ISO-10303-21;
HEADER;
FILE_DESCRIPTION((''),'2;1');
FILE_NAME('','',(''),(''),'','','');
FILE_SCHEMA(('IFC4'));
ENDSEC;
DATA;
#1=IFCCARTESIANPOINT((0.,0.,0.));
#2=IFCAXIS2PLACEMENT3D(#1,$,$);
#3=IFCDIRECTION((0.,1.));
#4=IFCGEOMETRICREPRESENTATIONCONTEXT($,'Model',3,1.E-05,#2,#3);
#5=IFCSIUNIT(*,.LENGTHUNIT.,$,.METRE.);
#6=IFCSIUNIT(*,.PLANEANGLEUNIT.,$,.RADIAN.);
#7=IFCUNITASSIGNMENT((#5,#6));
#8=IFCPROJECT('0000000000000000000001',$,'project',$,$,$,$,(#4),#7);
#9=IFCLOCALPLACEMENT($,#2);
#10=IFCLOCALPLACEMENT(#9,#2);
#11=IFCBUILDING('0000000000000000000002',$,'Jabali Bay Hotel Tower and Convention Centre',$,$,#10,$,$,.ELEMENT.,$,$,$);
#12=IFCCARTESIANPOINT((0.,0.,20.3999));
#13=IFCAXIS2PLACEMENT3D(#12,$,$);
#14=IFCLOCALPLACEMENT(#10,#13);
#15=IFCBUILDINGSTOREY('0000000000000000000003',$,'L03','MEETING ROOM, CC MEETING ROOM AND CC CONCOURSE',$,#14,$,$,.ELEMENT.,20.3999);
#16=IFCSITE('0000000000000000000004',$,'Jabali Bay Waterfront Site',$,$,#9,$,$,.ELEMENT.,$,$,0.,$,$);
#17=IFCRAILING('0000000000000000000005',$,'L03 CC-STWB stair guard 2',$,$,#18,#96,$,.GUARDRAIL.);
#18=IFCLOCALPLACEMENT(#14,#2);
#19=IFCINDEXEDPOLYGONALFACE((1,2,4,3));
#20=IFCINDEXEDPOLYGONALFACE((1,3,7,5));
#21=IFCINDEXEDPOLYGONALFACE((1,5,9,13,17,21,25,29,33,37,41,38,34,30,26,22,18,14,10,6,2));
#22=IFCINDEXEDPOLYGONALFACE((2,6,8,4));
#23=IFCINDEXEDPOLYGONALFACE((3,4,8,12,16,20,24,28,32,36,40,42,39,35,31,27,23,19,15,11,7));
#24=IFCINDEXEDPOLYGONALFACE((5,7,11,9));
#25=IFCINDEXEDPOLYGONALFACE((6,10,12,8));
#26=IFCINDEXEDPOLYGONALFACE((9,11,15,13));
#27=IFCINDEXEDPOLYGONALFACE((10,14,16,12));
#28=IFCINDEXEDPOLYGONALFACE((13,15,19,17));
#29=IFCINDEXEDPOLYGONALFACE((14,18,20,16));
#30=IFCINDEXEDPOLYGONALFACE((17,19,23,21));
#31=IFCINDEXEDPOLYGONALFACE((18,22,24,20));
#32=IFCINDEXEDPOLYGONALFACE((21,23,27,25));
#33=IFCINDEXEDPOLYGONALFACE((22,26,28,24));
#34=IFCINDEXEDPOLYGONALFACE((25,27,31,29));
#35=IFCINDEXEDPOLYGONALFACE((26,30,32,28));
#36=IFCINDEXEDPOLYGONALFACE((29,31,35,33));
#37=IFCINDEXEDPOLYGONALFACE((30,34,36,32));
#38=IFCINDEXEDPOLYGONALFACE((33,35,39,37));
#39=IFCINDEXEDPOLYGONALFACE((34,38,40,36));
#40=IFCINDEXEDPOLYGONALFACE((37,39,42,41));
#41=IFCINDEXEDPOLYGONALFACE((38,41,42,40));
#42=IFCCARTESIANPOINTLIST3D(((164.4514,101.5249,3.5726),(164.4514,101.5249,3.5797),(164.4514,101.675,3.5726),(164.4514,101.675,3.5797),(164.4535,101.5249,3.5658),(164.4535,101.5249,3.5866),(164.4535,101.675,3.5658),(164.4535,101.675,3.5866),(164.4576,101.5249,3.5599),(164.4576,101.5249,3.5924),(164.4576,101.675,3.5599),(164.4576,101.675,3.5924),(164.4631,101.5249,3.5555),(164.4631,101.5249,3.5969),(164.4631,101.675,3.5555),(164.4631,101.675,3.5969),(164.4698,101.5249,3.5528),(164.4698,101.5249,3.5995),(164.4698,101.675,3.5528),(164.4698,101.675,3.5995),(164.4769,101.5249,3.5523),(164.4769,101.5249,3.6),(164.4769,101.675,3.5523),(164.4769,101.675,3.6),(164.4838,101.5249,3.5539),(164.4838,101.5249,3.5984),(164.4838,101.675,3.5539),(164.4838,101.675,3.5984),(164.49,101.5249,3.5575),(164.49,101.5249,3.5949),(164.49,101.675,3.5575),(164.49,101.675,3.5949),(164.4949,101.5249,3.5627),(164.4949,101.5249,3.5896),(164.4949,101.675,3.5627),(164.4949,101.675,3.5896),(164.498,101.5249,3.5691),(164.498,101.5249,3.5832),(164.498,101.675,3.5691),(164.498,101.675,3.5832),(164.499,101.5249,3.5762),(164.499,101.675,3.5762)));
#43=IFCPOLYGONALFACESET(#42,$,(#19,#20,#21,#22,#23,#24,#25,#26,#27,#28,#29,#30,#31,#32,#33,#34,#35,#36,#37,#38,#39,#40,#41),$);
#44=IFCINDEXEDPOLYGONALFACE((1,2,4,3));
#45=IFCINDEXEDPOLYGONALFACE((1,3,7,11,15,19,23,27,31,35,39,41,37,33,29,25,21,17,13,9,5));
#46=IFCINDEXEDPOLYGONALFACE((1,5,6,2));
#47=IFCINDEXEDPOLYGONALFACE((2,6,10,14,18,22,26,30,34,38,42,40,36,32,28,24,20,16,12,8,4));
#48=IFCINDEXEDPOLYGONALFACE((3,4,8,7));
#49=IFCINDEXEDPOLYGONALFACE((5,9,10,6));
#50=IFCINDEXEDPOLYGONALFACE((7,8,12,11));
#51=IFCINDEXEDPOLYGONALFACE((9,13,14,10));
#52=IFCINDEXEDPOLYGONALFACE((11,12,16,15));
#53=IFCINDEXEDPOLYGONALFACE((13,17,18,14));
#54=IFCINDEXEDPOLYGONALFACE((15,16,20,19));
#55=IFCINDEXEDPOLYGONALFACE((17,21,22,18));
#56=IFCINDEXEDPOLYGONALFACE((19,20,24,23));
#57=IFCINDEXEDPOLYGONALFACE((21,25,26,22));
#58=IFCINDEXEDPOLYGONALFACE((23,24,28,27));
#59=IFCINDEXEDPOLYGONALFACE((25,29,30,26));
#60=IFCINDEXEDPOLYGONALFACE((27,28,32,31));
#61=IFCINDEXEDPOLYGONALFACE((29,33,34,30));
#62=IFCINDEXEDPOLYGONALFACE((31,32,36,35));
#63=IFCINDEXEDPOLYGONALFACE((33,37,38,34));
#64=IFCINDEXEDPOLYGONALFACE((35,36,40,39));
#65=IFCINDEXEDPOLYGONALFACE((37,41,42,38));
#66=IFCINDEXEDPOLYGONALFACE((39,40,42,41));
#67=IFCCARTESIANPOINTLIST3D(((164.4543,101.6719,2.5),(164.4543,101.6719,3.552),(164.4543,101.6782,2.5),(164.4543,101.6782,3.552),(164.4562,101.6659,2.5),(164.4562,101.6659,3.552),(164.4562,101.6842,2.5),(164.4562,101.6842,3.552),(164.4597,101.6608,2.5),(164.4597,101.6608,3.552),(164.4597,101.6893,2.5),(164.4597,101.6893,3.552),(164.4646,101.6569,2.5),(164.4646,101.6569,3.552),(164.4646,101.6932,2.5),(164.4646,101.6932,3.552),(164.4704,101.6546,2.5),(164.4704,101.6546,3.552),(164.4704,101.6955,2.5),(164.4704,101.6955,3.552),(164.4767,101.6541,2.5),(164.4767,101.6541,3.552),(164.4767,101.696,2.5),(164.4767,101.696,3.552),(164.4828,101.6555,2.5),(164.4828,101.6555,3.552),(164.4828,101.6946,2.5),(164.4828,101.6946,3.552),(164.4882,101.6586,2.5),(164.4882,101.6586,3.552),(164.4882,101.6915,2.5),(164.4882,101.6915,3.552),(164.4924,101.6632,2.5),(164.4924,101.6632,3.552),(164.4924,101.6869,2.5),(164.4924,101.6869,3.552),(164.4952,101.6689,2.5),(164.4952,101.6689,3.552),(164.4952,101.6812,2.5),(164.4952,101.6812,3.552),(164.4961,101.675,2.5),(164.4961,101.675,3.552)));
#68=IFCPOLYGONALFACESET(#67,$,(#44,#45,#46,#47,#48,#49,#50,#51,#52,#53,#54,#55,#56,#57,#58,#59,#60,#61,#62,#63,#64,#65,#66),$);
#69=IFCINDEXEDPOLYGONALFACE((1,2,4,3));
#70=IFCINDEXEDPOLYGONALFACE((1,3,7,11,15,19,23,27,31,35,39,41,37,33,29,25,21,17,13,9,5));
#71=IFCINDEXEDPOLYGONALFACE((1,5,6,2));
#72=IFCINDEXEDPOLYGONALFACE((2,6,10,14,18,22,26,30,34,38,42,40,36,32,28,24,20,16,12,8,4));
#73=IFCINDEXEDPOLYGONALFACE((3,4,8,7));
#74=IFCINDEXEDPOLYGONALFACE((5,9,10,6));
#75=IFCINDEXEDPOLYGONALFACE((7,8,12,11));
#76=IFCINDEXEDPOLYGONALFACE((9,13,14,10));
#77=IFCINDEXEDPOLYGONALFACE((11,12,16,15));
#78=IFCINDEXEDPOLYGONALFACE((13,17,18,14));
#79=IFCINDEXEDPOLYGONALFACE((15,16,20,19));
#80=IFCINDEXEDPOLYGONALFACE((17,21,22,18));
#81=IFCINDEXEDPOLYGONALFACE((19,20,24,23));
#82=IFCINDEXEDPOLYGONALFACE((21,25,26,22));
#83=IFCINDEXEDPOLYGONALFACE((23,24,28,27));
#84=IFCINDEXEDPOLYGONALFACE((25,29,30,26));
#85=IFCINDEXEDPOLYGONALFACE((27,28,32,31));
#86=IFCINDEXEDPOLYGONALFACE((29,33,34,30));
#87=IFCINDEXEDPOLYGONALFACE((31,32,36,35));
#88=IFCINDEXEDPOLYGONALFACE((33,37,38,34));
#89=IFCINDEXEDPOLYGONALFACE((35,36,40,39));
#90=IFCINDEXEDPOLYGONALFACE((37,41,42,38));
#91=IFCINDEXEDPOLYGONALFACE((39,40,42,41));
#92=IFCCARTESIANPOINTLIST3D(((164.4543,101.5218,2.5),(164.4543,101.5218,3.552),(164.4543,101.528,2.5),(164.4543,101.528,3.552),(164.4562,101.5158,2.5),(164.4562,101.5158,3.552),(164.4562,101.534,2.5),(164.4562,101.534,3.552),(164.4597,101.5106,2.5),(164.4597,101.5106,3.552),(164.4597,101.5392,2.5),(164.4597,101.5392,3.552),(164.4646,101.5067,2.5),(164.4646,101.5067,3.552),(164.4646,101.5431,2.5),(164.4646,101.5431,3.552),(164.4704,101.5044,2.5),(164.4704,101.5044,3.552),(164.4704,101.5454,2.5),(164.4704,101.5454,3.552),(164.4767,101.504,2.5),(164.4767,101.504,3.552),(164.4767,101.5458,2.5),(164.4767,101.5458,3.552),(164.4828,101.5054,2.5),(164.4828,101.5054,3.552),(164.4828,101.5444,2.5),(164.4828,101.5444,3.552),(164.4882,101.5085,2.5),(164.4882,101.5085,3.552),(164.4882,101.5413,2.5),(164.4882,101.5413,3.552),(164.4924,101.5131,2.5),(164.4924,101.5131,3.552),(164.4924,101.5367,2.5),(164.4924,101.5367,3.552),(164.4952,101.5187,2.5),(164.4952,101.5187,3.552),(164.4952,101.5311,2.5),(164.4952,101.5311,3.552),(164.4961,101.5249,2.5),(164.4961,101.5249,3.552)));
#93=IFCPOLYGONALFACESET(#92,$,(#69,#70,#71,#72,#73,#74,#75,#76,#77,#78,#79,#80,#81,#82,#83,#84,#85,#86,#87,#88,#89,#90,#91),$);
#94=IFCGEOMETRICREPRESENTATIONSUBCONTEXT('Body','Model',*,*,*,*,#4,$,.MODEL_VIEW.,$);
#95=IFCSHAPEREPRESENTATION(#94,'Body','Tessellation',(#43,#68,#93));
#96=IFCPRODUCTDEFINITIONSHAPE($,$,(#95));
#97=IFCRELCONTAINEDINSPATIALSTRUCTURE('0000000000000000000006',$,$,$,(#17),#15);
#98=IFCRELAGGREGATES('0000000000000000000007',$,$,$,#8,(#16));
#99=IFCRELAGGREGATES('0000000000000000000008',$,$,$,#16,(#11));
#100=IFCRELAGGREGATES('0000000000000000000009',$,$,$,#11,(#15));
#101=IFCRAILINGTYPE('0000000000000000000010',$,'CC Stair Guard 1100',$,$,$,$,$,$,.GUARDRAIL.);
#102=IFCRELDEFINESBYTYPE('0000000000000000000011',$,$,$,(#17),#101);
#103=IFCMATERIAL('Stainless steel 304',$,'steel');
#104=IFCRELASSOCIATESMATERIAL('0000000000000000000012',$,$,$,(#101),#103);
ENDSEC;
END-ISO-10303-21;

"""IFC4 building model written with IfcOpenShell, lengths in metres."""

from ifc_helpers import new_model, si_unit, direction, frame, origin, origin_2d, place, context, subcontext, project, spatial, circle, extrude, material, type_object, element, save


model = new_model("IFC4")

# Units and contexts
model_context = context("Model", 3, precision=1e-05, world=origin(), true_north=direction((0.0, 1.0)))
body_context = subcontext(model_context, "Body", "Model", "MODEL_VIEW")
ifc_project = project(units=[si_unit("LENGTHUNIT", "METRE"), si_unit("PLANEANGLEUNIT", "RADIAN")], contexts=[model_context])

# Site, building, storey
site_placement = place(None, origin())
site = spatial("IfcSite", under=ifc_project, at=site_placement, Name="Jabali Bay Waterfront Site", CompositionType="ELEMENT", RefElevation=0.0)
building_placement = place(site_placement, origin())
building = spatial("IfcBuilding", under=site, at=building_placement, Name="Jabali Bay Hotel Tower and Convention Centre", CompositionType="ELEMENT")
storey_placement = place(building_placement, frame((0.0, 0.0, 20.3999)))
storey = spatial("IfcBuildingStorey", under=building, at=storey_placement, Name="L03", Description="MEETING ROOM, CC MEETING ROOM AND CC CONCOURSE", CompositionType="ELEMENT", Elevation=20.3999)

# Railing
ifc_material_1 = material(Name="Stainless steel 304", Category="steel")
railing_type_1 = type_object("IfcRailingType", Name="CC Stair Guard 1100", PredefinedType="GUARDRAIL", material=ifc_material_1)
railing_1_placement = place(storey_placement, frame((164.4751, 101.675, 2.5)))
element("IfcRailing", 1, at=railing_1_placement, inside=storey, type_object=railing_type_1, Name="L03 CC-STWB stair guard 2", PredefinedType="GUARDRAIL", context=body_context, shape_type="SweptSolid", body=[
    extrude(circle(Radius=0.0239, at=origin_2d()), frame((0.0, 0.0, 1.0762), z_axis=(0.0, -1.0, 0.0), x_axis=(1.0, 0.0, 0.0)), (0.0, 0.0, 1.0), 0.1501),
    extrude(circle(Radius=0.021, at=origin_2d()), origin(), (0.0, 0.0, 1.0), 1.052),
    extrude(circle(Radius=0.021, at=origin_2d()), frame((0.0, -0.1501, 0.0)), (0.0, 0.0, 1.0), 1.052),
])

save(model, "model.ifc")
